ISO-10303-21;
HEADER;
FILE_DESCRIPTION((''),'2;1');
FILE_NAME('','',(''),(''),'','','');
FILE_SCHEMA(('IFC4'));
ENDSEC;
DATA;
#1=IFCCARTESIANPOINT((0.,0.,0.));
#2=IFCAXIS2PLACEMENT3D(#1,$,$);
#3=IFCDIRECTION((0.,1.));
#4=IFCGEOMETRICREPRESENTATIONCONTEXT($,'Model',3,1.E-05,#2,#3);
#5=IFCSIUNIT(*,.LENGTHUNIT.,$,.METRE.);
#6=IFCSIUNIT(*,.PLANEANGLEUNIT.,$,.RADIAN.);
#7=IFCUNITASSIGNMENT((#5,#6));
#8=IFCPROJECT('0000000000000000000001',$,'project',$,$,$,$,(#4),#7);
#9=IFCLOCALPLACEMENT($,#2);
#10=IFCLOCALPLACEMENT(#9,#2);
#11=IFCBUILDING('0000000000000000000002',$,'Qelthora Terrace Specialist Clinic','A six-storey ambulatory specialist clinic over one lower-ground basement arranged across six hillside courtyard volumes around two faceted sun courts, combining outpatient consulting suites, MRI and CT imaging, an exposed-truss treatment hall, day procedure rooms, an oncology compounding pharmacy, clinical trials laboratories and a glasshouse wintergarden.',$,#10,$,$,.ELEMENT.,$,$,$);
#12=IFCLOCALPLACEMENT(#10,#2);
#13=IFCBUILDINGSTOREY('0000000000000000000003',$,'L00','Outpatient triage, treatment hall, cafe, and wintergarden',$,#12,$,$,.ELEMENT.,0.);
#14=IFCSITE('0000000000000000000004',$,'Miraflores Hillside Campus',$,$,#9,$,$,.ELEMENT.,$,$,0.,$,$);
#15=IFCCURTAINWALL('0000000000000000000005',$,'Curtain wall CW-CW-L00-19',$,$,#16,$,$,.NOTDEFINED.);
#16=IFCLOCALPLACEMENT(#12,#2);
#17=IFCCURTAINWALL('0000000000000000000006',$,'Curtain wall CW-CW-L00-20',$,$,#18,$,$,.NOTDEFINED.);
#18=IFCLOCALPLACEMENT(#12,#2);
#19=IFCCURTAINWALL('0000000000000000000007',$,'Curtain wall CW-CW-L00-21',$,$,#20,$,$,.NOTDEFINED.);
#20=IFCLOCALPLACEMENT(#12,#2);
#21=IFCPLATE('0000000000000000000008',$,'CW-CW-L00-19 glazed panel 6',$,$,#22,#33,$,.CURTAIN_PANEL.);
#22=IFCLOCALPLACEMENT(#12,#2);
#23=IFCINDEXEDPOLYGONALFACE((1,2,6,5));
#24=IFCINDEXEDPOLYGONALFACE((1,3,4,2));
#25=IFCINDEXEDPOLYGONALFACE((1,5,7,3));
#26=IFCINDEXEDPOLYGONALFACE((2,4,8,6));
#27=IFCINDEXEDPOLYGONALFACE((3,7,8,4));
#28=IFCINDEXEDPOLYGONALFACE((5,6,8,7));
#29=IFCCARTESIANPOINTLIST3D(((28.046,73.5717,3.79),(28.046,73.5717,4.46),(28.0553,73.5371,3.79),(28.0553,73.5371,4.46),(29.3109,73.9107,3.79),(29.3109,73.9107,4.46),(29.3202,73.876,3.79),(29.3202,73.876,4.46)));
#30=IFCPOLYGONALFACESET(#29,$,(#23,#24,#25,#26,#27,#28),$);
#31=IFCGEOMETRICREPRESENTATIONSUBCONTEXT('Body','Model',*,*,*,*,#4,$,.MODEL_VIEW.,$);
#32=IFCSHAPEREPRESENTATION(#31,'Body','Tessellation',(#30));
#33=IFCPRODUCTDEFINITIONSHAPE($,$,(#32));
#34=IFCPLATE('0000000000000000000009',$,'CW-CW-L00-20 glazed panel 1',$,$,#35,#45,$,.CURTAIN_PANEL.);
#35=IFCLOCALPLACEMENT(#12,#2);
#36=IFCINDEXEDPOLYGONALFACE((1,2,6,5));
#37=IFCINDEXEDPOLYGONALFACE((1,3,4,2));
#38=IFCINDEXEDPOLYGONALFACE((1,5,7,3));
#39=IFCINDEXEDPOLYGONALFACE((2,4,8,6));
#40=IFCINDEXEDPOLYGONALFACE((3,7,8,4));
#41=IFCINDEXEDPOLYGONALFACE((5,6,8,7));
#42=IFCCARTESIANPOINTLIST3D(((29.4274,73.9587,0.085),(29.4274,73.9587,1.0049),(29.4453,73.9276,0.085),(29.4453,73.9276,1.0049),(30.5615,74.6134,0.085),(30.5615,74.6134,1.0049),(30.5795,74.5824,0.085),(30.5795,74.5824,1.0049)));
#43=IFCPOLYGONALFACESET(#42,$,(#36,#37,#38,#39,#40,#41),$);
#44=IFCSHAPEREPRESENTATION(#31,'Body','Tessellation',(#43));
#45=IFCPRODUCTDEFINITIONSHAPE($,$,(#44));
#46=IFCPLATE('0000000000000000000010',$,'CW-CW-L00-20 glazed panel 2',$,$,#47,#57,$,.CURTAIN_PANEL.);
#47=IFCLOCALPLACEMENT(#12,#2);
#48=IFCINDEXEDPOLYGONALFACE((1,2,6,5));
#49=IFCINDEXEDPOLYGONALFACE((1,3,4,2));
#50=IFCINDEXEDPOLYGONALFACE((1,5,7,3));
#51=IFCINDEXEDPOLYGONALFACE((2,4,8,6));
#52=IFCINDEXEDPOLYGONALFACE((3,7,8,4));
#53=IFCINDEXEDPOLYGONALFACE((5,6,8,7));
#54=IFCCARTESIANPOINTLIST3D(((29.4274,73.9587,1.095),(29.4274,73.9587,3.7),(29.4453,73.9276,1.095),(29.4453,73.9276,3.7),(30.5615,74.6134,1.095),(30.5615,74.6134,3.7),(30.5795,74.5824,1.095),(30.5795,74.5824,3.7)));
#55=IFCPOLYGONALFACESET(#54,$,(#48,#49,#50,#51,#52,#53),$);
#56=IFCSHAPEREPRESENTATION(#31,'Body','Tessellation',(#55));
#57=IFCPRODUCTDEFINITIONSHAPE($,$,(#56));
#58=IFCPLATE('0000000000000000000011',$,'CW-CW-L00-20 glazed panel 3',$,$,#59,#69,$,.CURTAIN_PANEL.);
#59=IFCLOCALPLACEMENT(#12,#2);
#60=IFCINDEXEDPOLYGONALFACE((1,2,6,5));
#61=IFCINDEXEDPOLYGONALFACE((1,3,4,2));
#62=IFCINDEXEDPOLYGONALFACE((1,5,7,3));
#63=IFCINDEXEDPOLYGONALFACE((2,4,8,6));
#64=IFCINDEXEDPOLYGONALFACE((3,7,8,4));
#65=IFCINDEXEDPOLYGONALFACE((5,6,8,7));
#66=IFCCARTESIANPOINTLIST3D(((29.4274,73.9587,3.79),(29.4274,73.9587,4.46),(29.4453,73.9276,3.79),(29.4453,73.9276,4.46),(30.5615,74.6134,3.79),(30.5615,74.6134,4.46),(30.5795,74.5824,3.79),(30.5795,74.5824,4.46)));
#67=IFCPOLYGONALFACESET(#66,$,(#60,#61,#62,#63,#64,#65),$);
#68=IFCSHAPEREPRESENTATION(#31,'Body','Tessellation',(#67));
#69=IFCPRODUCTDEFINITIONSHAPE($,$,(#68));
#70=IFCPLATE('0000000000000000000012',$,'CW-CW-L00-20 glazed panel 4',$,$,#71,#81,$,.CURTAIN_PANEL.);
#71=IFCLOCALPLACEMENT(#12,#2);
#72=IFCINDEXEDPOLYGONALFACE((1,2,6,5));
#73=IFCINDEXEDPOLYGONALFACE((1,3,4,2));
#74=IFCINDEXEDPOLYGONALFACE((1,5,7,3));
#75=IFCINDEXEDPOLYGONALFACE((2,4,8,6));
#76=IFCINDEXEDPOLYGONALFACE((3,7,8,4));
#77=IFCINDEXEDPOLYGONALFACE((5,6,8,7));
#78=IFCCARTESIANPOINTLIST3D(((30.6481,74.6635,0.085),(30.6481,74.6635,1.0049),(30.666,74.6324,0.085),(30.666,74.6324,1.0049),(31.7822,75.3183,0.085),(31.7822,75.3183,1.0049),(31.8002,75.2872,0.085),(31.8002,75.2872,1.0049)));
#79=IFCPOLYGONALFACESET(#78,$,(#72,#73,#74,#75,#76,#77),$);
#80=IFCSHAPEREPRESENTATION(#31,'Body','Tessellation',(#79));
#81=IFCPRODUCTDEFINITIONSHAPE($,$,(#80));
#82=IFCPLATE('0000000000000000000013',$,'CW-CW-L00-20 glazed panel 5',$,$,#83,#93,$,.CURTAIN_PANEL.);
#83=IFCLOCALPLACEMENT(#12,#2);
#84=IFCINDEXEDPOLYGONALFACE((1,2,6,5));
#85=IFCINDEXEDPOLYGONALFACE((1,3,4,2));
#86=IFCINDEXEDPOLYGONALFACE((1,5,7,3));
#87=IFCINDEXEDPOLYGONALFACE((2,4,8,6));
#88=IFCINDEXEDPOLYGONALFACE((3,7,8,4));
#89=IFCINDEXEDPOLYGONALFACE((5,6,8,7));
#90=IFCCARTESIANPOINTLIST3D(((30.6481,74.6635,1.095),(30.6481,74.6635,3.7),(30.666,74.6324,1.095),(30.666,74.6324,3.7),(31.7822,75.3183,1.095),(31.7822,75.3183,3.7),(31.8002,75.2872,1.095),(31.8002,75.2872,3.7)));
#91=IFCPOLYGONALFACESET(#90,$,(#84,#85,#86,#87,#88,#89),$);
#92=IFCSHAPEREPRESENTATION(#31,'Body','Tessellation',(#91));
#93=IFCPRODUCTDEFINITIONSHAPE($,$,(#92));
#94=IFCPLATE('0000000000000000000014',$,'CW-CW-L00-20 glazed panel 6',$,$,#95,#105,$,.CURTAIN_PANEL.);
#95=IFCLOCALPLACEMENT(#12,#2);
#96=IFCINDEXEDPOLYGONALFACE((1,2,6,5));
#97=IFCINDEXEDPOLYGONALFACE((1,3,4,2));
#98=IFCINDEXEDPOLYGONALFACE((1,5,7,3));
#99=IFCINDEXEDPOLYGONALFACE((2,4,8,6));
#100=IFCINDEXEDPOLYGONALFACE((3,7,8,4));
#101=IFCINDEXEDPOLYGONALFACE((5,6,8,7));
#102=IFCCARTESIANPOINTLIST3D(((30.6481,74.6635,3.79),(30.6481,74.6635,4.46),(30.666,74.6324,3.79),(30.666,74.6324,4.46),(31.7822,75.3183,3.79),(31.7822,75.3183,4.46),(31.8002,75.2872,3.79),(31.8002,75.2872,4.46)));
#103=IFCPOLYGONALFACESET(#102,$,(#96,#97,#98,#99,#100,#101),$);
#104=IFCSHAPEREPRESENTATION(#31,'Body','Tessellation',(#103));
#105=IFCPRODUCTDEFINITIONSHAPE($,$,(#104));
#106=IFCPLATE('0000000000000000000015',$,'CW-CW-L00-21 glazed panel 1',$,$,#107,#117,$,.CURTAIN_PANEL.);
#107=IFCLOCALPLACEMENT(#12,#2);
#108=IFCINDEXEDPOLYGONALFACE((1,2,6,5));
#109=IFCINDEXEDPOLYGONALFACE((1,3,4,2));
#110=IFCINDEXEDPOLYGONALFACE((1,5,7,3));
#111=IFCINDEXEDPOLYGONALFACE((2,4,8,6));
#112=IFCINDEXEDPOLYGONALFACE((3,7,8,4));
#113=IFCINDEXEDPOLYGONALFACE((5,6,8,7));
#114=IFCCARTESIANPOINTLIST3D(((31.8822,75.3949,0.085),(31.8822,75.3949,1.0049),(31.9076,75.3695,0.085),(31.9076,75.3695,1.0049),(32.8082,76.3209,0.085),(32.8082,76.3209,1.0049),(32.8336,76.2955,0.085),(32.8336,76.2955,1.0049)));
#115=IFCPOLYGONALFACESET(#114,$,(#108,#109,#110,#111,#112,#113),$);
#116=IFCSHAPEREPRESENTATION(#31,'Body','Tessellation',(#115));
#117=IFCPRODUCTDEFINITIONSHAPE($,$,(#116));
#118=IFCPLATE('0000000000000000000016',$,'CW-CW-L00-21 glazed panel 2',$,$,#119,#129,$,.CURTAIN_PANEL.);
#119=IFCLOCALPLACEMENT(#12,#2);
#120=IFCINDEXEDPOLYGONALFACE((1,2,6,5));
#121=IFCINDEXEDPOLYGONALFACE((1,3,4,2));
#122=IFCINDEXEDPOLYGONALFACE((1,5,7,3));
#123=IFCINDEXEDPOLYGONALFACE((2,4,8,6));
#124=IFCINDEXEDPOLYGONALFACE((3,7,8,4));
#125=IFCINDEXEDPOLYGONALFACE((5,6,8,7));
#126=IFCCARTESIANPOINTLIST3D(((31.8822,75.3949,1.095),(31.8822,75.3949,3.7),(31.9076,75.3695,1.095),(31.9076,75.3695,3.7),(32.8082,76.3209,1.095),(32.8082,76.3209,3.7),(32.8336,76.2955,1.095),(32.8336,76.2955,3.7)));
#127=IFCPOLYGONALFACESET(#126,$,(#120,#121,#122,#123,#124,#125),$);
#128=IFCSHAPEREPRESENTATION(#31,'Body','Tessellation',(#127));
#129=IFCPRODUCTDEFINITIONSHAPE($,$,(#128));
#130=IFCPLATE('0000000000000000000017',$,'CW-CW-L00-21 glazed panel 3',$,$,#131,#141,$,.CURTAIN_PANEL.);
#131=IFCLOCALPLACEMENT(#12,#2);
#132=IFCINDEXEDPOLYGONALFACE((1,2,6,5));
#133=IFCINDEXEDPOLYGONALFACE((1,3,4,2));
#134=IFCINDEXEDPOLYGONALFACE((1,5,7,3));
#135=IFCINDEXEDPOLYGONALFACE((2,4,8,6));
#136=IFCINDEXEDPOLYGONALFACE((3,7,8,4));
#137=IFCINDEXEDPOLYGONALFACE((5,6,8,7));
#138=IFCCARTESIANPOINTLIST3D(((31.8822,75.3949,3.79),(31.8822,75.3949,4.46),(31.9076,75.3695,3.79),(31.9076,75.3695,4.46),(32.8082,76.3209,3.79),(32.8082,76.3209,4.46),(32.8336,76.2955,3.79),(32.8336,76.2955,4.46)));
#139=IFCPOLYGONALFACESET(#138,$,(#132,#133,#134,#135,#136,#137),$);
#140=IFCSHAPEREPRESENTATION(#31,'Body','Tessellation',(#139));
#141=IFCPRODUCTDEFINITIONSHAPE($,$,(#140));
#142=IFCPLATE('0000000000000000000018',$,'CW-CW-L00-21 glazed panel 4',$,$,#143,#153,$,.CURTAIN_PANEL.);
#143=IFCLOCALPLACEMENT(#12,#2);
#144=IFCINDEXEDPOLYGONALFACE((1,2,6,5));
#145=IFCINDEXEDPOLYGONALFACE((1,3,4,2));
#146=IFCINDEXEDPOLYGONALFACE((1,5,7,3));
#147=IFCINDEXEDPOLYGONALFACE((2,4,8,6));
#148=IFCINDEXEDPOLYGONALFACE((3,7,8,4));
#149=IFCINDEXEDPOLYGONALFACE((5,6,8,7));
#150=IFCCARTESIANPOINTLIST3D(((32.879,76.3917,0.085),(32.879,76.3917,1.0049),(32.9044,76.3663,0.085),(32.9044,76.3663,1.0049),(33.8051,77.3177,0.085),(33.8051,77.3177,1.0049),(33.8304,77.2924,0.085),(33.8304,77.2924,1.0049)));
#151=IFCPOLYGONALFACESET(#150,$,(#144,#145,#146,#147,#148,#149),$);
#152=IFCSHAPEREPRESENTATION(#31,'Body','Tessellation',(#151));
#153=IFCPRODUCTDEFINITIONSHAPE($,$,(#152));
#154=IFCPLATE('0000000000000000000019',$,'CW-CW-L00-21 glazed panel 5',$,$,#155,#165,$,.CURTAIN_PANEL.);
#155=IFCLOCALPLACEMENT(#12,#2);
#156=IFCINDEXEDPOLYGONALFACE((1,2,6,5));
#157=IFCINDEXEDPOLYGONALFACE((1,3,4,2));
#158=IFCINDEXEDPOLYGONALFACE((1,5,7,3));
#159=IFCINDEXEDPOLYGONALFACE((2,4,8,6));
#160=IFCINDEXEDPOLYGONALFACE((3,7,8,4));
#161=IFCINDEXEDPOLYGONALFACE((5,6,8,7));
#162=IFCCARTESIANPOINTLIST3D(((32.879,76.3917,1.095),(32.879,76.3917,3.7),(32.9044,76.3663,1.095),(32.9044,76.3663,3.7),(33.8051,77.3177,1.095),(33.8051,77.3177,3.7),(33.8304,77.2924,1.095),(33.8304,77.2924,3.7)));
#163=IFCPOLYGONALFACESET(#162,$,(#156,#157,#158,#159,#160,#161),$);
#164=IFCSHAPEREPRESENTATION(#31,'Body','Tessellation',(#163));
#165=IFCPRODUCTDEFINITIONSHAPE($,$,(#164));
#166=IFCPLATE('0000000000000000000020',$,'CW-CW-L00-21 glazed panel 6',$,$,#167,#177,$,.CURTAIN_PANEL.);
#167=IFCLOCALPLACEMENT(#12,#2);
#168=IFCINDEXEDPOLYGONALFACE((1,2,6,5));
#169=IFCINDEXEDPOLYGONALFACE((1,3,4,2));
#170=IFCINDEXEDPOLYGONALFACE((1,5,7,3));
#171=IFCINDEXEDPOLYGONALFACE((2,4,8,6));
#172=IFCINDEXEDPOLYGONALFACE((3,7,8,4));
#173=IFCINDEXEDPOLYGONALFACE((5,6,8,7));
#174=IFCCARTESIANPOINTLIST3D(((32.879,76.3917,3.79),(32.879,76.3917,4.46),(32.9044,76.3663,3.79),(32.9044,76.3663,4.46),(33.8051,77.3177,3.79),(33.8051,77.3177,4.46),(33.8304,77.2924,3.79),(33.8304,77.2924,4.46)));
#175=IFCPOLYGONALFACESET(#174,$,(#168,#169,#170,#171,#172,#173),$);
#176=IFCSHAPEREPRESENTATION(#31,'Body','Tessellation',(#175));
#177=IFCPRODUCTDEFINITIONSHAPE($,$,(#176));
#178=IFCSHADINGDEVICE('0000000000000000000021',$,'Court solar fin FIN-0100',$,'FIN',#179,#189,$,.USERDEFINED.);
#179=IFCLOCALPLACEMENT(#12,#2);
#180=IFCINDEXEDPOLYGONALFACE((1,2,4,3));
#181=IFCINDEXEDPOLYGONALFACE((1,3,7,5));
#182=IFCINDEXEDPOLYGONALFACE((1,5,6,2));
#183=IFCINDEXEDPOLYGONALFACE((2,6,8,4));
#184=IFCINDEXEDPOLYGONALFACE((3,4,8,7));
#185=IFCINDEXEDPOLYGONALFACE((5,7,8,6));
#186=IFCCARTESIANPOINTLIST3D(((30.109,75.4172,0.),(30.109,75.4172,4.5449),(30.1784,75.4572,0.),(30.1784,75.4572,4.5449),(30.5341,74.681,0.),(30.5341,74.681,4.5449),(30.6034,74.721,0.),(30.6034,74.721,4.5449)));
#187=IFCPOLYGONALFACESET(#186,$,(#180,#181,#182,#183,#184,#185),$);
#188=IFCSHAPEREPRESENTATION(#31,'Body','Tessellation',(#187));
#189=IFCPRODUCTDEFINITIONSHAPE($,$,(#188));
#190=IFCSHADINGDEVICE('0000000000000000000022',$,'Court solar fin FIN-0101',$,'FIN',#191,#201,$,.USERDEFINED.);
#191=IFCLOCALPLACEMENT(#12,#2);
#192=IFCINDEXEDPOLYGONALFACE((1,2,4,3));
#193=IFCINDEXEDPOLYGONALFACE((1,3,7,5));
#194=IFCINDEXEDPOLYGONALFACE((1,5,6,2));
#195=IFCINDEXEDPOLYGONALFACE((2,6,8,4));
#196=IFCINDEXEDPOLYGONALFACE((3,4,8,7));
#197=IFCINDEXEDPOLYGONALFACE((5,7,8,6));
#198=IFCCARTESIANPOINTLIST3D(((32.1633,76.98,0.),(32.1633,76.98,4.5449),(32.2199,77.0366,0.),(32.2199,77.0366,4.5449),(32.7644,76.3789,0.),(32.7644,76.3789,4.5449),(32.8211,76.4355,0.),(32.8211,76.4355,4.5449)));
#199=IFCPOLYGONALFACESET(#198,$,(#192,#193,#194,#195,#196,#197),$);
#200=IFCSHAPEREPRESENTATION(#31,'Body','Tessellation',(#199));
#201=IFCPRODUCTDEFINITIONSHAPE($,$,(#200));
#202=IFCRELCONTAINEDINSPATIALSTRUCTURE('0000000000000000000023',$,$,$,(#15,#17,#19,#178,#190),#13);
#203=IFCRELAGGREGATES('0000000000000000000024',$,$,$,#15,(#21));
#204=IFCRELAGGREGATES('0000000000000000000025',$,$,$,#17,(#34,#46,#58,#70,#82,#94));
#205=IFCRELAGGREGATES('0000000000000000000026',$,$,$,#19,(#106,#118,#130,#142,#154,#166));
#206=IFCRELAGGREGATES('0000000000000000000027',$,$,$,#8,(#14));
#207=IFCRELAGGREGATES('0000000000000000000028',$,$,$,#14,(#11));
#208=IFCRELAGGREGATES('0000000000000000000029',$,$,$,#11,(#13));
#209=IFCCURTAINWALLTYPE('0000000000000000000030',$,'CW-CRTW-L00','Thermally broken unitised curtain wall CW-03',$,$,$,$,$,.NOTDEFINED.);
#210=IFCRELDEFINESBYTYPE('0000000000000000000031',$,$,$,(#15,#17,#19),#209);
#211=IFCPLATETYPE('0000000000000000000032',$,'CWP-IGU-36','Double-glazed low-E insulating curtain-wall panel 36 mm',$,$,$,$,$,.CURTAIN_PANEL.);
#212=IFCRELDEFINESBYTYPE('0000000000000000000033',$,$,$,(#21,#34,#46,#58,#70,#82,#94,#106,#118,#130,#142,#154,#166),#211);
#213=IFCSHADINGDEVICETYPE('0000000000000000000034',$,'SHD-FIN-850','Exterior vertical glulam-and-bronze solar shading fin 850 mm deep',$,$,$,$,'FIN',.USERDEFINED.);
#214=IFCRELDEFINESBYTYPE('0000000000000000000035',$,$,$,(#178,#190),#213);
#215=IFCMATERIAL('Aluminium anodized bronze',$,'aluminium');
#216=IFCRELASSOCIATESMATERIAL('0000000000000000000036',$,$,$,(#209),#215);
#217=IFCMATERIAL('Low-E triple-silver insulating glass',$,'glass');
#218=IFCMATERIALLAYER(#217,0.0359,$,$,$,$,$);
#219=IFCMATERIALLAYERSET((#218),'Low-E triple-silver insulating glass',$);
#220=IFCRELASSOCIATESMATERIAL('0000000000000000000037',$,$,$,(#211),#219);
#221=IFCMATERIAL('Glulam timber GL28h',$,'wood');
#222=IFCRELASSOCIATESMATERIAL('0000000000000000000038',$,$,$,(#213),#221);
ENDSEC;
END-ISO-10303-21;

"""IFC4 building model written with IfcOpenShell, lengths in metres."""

from ifc_helpers import new_model, si_unit, direction, frame, origin, origin_2d, place, context, subcontext, project, spatial, rectangle, extrude, material, layer, layer_set, type_object, element, aggregate, save


model = new_model("IFC4")

# Units and contexts
model_context = context("Model", 3, precision=1e-05, world=origin(), true_north=direction((0.0, 1.0)))
body_context = subcontext(model_context, "Body", "Model", "MODEL_VIEW")
ifc_project = project(units=[si_unit("LENGTHUNIT", "METRE"), si_unit("PLANEANGLEUNIT", "RADIAN")], contexts=[model_context])

# Site, building, storey
site_placement = place(None, origin())
site = spatial("IfcSite", under=ifc_project, at=site_placement, Name="Miraflores Hillside Campus", CompositionType="ELEMENT", RefElevation=0.0)
building_placement = place(site_placement, origin())
building = spatial("IfcBuilding", under=site, at=building_placement, Name="Qelthora Terrace Specialist Clinic", Description="A six-storey ambulatory specialist clinic over one lower-ground basement arranged across six hillside courtyard volumes around two faceted sun courts, combining outpatient consulting suites, MRI and CT imaging, an exposed-truss treatment hall, day procedure rooms, an oncology compounding pharmacy, clinical trials laboratories and a glasshouse wintergarden.", CompositionType="ELEMENT")
storey_placement = place(building_placement, origin())
storey = spatial("IfcBuildingStorey", under=building, at=storey_placement, Name="L00", Description="Outpatient triage, treatment hall, cafe, and wintergarden", CompositionType="ELEMENT", Elevation=0.0)

# Curtain wall
ifc_material_1 = material(Name="Aluminium anodized bronze", Category="aluminium")
curtain_wall_type = type_object("IfcCurtainWallType", Name="CW-CRTW-L00", Description="Thermally broken unitised curtain wall CW-03", PredefinedType="NOTDEFINED", material=ifc_material_1)
curtain_wall_1_placement = place(storey_placement, origin())
curtain_wall_1 = element("IfcCurtainWall", 1, at=curtain_wall_1_placement, inside=storey, type_object=curtain_wall_type, Name="Curtain wall CW-CW-L00-19", PredefinedType="NOTDEFINED")

# Curtain walls
curtain_wall_2_placement = place(storey_placement, origin())
curtain_wall_2 = element("IfcCurtainWall", 2, at=curtain_wall_2_placement, inside=storey, type_object=curtain_wall_type, Name="Curtain wall CW-CW-L00-20", PredefinedType="NOTDEFINED")
curtain_wall_3_placement = place(storey_placement, origin())
curtain_wall_3 = element("IfcCurtainWall", 3, at=curtain_wall_3_placement, inside=storey, type_object=curtain_wall_type, Name="Curtain wall CW-CW-L00-21", PredefinedType="NOTDEFINED")

# Plates
ifc_material_2 = material(Name="Low-E triple-silver insulating glass", Category="glass")
ifc_layer = layer(ifc_material_2, 0.0359)
ifc_layer_set = layer_set([ifc_layer], Name="Low-E triple-silver insulating glass")
plate_type = type_object("IfcPlateType", Name="CWP-IGU-36", Description="Double-glazed low-E insulating curtain-wall panel 36 mm", PredefinedType="CURTAIN_PANEL", material=ifc_layer_set)
plate_1_placement = place(storey_placement, frame((28.6831, 73.7239, 3.79), z_axis=(0.0, 0.0, 1.0), x_axis=(0.965925, 0.258821, 0.0)))
plate_1 = element("IfcPlate", 4, at=plate_1_placement, type_object=plate_type, Name="CW-CW-L00-19 glazed panel 6", PredefinedType="CURTAIN_PANEL", context=body_context, shape_type="SweptSolid", body=[
    extrude(rectangle(XDim=1.3096, YDim=0.0359, at=origin_2d()), origin(), (0.0, 0.0, 1.0), 0.6699),
])
aggregate(curtain_wall_1, [plate_1])
plate_2_placement = place(storey_placement, frame((30.0034, 74.2705, 0.085), z_axis=(0.0, 0.0, 1.0), x_axis=(0.866025, 0.5, 0.0)))
plate_2 = element("IfcPlate", 5, at=plate_2_placement, type_object=plate_type, Name="CW-CW-L00-20 glazed panel 1", PredefinedType="CURTAIN_PANEL", context=body_context, shape_type="SweptSolid", body=[
    extrude(rectangle(XDim=1.3096, YDim=0.0359, at=origin_2d()), origin(), (0.0, 0.0, 1.0), 0.9199),
])
plate_3_placement = place(storey_placement, frame((30.0034, 74.2705, 1.095), z_axis=(0.0, 0.0, 1.0), x_axis=(0.866025, 0.5, 0.0)))
plate_3 = element("IfcPlate", 6, at=plate_3_placement, type_object=plate_type, Name="CW-CW-L00-20 glazed panel 2", PredefinedType="CURTAIN_PANEL", context=body_context, shape_type="SweptSolid", body=[
    extrude(rectangle(XDim=1.3096, YDim=0.0359, at=origin_2d()), origin(), (0.0, 0.0, 1.0), 2.605),
])
plate_4_placement = place(storey_placement, frame((30.0034, 74.2705, 3.79), z_axis=(0.0, 0.0, 1.0), x_axis=(0.866025, 0.5, 0.0)))
plate_4 = element("IfcPlate", 7, at=plate_4_placement, type_object=plate_type, Name="CW-CW-L00-20 glazed panel 3", PredefinedType="CURTAIN_PANEL", context=body_context, shape_type="SweptSolid", body=[
    extrude(rectangle(XDim=1.3096, YDim=0.0359, at=origin_2d()), origin(), (0.0, 0.0, 1.0), 0.6699),
])
plate_5_placement = place(storey_placement, frame((31.2241, 74.9753, 0.085), z_axis=(0.0, 0.0, 1.0), x_axis=(0.866025, 0.5, 0.0)))
plate_5 = element("IfcPlate", 8, at=plate_5_placement, type_object=plate_type, Name="CW-CW-L00-20 glazed panel 4", PredefinedType="CURTAIN_PANEL", context=body_context, shape_type="SweptSolid", body=[
    extrude(rectangle(XDim=1.3096, YDim=0.0359, at=origin_2d()), origin(), (0.0, 0.0, 1.0), 0.9199),
])
plate_6_placement = place(storey_placement, frame((31.2241, 74.9753, 1.095), z_axis=(0.0, 0.0, 1.0), x_axis=(0.866025, 0.5, 0.0)))
plate_6 = element("IfcPlate", 9, at=plate_6_placement, type_object=plate_type, Name="CW-CW-L00-20 glazed panel 5", PredefinedType="CURTAIN_PANEL", context=body_context, shape_type="SweptSolid", body=[
    extrude(rectangle(XDim=1.3096, YDim=0.0359, at=origin_2d()), origin(), (0.0, 0.0, 1.0), 2.605),
])
plate_7_placement = place(storey_placement, frame((31.2241, 74.9753, 3.79), z_axis=(0.0, 0.0, 1.0), x_axis=(0.866025, 0.5, 0.0)))
plate_7 = element("IfcPlate", 10, at=plate_7_placement, type_object=plate_type, Name="CW-CW-L00-20 glazed panel 6", PredefinedType="CURTAIN_PANEL", context=body_context, shape_type="SweptSolid", body=[
    extrude(rectangle(XDim=1.3096, YDim=0.0359, at=origin_2d()), origin(), (0.0, 0.0, 1.0), 0.6699),
])
aggregate(curtain_wall_2, [plate_2, plate_3, plate_4, plate_5, plate_6, plate_7])
plate_8_placement = place(storey_placement, frame((32.3579, 75.8452, 0.085), z_axis=(0.0, 0.0, 1.0), x_axis=(0.707107, 0.707107, 0.0)))
plate_8 = element("IfcPlate", 11, at=plate_8_placement, type_object=plate_type, Name="CW-CW-L00-21 glazed panel 1", PredefinedType="CURTAIN_PANEL", context=body_context, shape_type="SweptSolid", body=[
    extrude(rectangle(XDim=1.3096, YDim=0.0359, at=origin_2d()), origin(), (0.0, 0.0, 1.0), 0.9199),
])
plate_9_placement = place(storey_placement, frame((32.3579, 75.8452, 1.095), z_axis=(0.0, 0.0, 1.0), x_axis=(0.707107, 0.707107, 0.0)))
plate_9 = element("IfcPlate", 12, at=plate_9_placement, type_object=plate_type, Name="CW-CW-L00-21 glazed panel 2", PredefinedType="CURTAIN_PANEL", context=body_context, shape_type="SweptSolid", body=[
    extrude(rectangle(XDim=1.3096, YDim=0.0359, at=origin_2d()), origin(), (0.0, 0.0, 1.0), 2.605),
])
plate_10_placement = place(storey_placement, frame((32.3579, 75.8452, 3.79), z_axis=(0.0, 0.0, 1.0), x_axis=(0.707107, 0.707107, 0.0)))
plate_10 = element("IfcPlate", 13, at=plate_10_placement, type_object=plate_type, Name="CW-CW-L00-21 glazed panel 3", PredefinedType="CURTAIN_PANEL", context=body_context, shape_type="SweptSolid", body=[
    extrude(rectangle(XDim=1.3096, YDim=0.0359, at=origin_2d()), origin(), (0.0, 0.0, 1.0), 0.6699),
])
plate_11_placement = place(storey_placement, frame((33.3547, 76.842, 0.085), z_axis=(0.0, 0.0, 1.0), x_axis=(0.707107, 0.707107, 0.0)))
plate_11 = element("IfcPlate", 14, at=plate_11_placement, type_object=plate_type, Name="CW-CW-L00-21 glazed panel 4", PredefinedType="CURTAIN_PANEL", context=body_context, shape_type="SweptSolid", body=[
    extrude(rectangle(XDim=1.3096, YDim=0.0359, at=origin_2d()), origin(), (0.0, 0.0, 1.0), 0.9199),
])
plate_12_placement = place(storey_placement, frame((33.3547, 76.842, 1.095), z_axis=(0.0, 0.0, 1.0), x_axis=(0.707107, 0.707107, 0.0)))
plate_12 = element("IfcPlate", 15, at=plate_12_placement, type_object=plate_type, Name="CW-CW-L00-21 glazed panel 5", PredefinedType="CURTAIN_PANEL", context=body_context, shape_type="SweptSolid", body=[
    extrude(rectangle(XDim=1.3096, YDim=0.0359, at=origin_2d()), origin(), (0.0, 0.0, 1.0), 2.605),
])
plate_13_placement = place(storey_placement, frame((33.3547, 76.842, 3.79), z_axis=(0.0, 0.0, 1.0), x_axis=(0.707107, 0.707107, 0.0)))
plate_13 = element("IfcPlate", 16, at=plate_13_placement, type_object=plate_type, Name="CW-CW-L00-21 glazed panel 6", PredefinedType="CURTAIN_PANEL", context=body_context, shape_type="SweptSolid", body=[
    extrude(rectangle(XDim=1.3096, YDim=0.0359, at=origin_2d()), origin(), (0.0, 0.0, 1.0), 0.6699),
])
aggregate(curtain_wall_3, [plate_8, plate_9, plate_10, plate_11, plate_12, plate_13])

# Shading devices
ifc_material_3 = material(Name="Glulam timber GL28h", Category="wood")
shading_device_type = type_object("IfcShadingDeviceType", Name="SHD-FIN-850", Description="Exterior vertical glulam-and-bronze solar shading fin 850 mm deep", ElementType="FIN", PredefinedType="USERDEFINED", material=ifc_material_3)
for number, where, z_axis, x_axis, name in (
    (17, (30.3562, 75.0691, 0.0), (0.0, 0.0, 1.0), (-0.5, 0.866025, 0.0), "Court solar fin FIN-0100"),
    (18, (32.4922, 76.7078, 0.0), (0.0, 0.0, 1.0), (-0.707107, 0.707107, 0.0), "Court solar fin FIN-0101"),
):
    element("IfcShadingDevice", number, at=place(storey_placement, frame(where, z_axis=z_axis, x_axis=x_axis)), inside=storey, type_object=shading_device_type, Name=name, ObjectType="FIN", PredefinedType="USERDEFINED", context=body_context, shape_type="SweptSolid", body=[
        extrude(rectangle(XDim=0.8501, YDim=0.0801, at=origin_2d()), origin(), (0.0, 0.0, 1.0), 4.5449),
    ])

save(model, "model.ifc")
